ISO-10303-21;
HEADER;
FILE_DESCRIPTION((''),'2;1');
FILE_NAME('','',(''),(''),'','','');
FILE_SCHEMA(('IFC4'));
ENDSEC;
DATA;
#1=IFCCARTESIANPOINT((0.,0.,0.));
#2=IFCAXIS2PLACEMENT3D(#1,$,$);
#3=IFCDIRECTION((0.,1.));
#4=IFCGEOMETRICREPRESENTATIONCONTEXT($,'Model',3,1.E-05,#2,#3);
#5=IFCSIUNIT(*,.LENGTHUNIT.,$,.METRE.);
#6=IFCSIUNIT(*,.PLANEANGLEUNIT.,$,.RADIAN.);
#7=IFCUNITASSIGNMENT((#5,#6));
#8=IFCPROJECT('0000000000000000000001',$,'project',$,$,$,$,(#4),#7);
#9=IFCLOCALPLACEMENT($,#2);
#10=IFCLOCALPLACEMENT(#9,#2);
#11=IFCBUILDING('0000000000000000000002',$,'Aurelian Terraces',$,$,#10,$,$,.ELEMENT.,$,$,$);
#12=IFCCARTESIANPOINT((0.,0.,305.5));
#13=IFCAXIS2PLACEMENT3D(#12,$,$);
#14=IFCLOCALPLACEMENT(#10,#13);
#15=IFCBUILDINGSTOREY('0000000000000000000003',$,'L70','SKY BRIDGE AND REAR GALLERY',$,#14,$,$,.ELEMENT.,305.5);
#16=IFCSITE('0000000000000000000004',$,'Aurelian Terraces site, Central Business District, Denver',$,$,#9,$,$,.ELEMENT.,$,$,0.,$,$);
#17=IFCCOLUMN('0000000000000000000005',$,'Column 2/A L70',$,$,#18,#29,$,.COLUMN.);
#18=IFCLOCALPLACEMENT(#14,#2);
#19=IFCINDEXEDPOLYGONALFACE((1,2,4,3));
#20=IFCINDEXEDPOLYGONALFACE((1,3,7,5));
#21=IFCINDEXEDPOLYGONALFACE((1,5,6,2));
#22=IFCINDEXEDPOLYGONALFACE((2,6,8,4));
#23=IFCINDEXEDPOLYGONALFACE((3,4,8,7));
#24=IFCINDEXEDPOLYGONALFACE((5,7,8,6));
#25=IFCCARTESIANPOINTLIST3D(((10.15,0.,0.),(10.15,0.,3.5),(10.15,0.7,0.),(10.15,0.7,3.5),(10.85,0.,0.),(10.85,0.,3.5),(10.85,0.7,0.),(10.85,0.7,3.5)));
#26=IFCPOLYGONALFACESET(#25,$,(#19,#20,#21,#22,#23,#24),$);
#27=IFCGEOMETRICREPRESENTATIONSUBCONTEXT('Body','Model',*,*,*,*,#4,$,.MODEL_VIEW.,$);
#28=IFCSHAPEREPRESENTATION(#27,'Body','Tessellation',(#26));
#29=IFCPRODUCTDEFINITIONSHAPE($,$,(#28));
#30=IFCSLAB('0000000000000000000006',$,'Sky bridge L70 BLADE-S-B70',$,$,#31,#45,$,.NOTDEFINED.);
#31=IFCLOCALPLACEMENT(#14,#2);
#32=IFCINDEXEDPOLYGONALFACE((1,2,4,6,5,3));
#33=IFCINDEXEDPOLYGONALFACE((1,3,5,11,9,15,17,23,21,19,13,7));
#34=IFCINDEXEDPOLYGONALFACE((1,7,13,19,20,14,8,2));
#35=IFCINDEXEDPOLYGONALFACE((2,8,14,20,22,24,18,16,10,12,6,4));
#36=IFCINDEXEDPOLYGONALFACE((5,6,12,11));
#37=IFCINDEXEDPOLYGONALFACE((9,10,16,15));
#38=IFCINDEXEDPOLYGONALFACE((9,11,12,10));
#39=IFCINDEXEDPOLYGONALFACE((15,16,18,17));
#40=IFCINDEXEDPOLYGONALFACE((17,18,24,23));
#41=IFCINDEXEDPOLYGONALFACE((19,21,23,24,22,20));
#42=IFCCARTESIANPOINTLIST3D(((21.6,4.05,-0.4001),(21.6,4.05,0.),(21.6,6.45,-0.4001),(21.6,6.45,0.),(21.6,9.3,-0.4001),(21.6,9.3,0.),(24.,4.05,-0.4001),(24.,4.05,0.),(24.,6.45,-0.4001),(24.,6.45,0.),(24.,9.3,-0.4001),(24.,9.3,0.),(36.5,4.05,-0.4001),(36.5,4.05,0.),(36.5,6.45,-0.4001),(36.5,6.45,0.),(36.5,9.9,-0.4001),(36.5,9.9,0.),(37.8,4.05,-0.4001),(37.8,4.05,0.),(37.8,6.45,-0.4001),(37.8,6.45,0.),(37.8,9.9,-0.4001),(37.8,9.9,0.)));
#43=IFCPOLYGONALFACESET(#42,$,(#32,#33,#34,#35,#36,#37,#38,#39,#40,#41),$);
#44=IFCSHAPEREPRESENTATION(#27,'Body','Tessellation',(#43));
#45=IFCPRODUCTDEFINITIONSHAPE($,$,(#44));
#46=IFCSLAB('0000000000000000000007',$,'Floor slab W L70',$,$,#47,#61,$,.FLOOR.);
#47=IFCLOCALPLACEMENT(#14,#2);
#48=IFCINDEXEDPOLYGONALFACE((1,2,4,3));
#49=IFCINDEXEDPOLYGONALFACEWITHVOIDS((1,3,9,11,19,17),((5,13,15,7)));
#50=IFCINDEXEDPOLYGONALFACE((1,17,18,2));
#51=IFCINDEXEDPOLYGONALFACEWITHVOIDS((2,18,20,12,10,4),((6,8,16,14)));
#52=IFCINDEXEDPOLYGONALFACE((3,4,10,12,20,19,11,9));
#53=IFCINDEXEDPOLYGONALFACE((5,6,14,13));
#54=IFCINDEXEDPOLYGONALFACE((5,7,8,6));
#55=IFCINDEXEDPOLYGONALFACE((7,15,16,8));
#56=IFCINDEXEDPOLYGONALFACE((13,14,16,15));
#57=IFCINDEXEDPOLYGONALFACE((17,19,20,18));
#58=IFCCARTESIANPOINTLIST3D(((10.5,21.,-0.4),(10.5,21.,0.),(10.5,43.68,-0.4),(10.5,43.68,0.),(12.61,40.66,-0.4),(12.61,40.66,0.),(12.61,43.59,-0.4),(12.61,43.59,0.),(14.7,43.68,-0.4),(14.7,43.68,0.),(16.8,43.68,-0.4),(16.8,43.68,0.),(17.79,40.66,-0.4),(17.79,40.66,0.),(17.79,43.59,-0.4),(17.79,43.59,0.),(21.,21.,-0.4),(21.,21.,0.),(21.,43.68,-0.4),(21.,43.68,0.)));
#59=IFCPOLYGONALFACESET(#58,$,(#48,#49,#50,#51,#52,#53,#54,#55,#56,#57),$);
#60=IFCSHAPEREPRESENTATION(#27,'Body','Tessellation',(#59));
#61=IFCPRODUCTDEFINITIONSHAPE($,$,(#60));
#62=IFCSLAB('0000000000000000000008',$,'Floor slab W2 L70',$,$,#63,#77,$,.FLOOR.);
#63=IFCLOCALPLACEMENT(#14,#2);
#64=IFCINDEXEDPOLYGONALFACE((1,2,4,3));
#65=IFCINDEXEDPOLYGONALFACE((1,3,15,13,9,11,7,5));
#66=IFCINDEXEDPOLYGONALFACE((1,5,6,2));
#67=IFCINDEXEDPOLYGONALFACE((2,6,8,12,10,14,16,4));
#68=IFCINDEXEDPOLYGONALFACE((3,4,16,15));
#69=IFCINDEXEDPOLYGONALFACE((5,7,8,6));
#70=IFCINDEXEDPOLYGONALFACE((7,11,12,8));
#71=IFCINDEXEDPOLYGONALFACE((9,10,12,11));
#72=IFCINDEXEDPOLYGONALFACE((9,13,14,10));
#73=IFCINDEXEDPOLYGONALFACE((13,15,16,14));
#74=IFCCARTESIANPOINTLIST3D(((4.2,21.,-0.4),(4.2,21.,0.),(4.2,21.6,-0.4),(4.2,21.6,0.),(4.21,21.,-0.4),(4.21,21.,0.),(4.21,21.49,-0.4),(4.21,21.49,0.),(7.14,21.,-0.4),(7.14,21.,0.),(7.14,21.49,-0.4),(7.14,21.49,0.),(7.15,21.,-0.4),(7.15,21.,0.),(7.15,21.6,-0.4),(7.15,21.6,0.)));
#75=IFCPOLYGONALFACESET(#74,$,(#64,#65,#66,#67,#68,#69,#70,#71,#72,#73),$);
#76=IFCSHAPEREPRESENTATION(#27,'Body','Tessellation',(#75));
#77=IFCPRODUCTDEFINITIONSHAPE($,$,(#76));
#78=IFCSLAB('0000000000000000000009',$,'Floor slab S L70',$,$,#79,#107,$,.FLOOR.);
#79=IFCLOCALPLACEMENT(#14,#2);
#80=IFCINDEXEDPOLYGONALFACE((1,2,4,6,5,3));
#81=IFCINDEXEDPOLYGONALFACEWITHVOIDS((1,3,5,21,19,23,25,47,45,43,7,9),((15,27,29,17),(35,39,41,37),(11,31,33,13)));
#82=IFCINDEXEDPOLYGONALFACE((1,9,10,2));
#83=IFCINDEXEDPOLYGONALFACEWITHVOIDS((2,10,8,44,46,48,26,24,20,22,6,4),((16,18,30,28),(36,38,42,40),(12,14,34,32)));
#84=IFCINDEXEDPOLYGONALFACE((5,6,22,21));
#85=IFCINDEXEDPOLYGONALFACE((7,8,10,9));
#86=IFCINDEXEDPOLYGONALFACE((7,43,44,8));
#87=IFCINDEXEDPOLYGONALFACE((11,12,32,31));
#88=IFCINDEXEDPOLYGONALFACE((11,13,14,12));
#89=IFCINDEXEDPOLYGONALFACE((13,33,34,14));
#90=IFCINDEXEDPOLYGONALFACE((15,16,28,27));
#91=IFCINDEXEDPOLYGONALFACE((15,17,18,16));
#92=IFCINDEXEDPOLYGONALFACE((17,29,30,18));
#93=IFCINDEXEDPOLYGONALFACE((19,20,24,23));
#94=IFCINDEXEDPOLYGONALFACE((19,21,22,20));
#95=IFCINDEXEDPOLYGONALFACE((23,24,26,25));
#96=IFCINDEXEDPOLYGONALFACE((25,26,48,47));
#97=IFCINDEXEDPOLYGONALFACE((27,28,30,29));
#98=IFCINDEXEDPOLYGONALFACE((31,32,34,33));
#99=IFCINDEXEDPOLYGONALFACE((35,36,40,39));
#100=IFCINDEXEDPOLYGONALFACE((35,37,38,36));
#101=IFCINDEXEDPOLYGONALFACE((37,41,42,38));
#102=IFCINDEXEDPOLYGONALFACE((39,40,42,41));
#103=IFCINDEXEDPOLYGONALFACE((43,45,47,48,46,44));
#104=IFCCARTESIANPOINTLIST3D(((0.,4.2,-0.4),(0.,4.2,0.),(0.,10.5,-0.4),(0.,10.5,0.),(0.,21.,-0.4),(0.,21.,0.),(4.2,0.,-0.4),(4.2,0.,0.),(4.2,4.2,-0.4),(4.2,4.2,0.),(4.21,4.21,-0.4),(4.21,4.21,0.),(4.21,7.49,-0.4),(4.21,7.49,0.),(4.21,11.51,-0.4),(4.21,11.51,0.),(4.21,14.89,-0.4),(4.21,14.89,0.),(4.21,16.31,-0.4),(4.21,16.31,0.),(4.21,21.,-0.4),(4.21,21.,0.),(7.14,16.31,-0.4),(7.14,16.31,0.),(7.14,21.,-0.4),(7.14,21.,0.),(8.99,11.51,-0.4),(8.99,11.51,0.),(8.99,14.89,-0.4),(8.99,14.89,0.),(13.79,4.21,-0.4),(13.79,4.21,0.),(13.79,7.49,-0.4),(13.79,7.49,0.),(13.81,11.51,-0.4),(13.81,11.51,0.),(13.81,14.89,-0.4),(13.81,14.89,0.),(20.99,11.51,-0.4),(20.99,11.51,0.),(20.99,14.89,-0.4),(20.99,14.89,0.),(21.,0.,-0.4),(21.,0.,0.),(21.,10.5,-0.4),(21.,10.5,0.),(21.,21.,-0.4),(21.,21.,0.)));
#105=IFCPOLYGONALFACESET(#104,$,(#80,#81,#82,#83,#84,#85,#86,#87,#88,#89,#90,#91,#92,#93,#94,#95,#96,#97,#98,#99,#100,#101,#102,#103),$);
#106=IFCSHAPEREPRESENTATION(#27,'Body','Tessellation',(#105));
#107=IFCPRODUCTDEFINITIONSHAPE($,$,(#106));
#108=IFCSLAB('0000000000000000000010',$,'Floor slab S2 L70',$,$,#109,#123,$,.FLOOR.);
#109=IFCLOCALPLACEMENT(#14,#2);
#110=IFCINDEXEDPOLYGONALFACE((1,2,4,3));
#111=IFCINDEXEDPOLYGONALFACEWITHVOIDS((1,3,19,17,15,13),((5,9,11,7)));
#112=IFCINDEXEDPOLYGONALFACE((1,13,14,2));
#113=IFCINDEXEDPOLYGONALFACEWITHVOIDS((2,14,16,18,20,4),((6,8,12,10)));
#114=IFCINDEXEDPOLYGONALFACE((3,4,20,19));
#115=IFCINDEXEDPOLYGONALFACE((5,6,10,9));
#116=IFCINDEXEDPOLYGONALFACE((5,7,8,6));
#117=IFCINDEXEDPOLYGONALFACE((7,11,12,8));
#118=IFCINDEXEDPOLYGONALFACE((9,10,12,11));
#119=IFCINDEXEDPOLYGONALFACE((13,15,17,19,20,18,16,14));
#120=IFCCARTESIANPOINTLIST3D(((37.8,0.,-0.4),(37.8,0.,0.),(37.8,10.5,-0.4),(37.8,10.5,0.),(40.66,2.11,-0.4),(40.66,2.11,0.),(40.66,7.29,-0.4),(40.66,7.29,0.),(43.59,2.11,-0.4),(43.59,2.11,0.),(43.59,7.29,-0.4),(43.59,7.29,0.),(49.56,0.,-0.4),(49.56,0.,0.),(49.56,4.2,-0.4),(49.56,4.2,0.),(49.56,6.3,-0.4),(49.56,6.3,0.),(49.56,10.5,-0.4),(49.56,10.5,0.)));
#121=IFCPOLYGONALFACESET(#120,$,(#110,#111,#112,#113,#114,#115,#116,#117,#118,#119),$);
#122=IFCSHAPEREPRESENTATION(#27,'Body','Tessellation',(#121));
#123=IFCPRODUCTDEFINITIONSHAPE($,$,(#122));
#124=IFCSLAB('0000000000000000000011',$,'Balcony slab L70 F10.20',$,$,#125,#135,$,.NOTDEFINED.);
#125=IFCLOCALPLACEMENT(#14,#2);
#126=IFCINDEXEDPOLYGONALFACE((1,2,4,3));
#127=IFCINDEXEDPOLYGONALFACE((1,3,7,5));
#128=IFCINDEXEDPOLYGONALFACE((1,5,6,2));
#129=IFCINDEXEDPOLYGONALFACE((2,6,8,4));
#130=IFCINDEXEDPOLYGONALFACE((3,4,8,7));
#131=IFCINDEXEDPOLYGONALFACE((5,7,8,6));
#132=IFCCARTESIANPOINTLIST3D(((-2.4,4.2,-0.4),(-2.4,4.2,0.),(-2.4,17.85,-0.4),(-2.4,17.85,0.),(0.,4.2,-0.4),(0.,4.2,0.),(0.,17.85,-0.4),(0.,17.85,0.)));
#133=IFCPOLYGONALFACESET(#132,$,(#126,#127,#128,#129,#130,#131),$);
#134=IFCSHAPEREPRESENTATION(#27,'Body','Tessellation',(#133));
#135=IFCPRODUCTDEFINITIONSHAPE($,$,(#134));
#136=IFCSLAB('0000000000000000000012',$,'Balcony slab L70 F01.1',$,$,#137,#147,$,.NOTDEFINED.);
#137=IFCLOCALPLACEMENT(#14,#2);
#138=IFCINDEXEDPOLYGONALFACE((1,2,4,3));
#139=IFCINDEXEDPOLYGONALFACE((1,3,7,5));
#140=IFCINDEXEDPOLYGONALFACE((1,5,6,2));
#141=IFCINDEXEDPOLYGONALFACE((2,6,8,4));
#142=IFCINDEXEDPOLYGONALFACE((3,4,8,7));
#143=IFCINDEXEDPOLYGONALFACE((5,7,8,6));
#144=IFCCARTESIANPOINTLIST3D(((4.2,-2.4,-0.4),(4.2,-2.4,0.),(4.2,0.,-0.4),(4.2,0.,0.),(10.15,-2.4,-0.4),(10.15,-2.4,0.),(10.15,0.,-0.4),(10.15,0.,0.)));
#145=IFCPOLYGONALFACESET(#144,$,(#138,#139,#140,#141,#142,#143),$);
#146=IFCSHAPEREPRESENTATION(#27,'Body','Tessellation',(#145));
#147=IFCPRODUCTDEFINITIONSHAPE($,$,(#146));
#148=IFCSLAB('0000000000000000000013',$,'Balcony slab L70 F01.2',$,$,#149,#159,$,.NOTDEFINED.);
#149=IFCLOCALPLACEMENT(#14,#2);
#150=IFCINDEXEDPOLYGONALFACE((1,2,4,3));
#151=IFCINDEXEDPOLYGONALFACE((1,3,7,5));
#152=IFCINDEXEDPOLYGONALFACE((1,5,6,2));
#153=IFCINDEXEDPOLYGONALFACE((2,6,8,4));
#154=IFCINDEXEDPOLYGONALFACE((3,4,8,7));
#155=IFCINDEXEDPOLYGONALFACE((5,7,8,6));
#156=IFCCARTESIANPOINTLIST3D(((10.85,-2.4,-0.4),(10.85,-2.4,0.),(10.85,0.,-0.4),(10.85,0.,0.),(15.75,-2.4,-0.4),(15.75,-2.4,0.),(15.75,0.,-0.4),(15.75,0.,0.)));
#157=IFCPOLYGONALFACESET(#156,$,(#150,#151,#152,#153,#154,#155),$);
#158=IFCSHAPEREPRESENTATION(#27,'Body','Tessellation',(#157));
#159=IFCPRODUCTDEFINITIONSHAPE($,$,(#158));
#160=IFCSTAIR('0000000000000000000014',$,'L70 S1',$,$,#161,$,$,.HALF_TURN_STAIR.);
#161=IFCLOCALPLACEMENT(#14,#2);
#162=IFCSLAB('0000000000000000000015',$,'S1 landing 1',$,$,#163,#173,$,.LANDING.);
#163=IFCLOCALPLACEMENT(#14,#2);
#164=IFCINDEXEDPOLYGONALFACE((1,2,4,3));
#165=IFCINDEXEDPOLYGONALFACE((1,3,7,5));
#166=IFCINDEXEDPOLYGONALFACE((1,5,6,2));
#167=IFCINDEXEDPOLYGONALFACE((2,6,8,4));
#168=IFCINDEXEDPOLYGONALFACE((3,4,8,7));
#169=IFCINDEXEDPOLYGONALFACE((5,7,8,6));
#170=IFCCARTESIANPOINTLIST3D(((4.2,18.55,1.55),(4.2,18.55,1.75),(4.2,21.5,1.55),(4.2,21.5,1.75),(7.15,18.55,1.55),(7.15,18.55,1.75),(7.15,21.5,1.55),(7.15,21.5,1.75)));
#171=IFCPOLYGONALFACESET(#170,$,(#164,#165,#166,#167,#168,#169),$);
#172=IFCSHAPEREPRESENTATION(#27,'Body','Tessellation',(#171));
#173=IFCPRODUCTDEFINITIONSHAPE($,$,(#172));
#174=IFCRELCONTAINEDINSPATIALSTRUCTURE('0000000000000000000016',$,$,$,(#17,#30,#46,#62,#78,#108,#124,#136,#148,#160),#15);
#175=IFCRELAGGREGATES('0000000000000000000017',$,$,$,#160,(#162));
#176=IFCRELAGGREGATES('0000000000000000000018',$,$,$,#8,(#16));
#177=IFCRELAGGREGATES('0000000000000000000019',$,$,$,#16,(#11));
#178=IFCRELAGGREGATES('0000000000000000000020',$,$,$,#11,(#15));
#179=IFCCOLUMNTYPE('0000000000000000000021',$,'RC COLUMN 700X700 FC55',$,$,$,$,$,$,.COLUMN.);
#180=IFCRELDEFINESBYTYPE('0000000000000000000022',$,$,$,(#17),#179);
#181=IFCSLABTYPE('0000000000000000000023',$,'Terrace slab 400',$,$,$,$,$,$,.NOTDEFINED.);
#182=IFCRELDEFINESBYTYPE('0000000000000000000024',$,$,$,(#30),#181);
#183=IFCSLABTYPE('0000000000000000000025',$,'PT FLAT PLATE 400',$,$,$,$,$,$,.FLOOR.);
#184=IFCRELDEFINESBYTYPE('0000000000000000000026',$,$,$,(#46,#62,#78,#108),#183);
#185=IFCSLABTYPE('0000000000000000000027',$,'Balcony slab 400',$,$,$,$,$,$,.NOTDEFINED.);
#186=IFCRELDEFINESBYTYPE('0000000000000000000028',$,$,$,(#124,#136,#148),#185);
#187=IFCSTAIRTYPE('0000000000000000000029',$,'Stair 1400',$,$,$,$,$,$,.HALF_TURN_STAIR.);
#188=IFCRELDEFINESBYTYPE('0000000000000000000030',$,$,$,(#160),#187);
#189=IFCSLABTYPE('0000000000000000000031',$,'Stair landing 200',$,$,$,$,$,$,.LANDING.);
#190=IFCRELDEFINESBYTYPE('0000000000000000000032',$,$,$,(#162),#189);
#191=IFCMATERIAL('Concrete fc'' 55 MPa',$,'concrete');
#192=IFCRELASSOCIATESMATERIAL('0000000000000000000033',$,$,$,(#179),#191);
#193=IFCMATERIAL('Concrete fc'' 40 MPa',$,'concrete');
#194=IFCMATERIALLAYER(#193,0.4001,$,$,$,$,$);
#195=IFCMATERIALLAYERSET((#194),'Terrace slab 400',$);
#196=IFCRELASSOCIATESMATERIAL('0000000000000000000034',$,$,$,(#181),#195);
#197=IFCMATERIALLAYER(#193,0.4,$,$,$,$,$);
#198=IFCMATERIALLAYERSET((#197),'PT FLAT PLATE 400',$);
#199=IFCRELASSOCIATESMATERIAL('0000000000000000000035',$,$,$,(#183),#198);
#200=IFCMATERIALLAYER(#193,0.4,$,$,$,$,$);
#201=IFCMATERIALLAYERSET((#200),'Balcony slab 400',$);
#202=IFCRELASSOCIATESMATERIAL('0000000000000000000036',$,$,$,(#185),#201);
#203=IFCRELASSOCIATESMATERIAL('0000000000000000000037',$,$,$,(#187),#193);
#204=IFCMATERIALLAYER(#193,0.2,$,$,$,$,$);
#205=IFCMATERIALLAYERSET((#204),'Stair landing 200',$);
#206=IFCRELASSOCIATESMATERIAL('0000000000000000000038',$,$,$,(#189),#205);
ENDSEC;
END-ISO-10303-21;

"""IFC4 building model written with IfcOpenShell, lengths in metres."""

from ifc_helpers import new_model, si_unit, direction, frame, origin, origin_2d, place, context, subcontext, project, spatial, polyline, rectangle, outline, extrude, source, transform, mapped, material, layer, layer_set, material_profile, profile_set, type_object, element, aggregate, save


model = new_model("IFC4")

# Units and contexts
model_context = context("Model", 3, precision=1e-05, world=origin(), true_north=direction((0.0, 1.0)))
body_context = subcontext(model_context, "Body", "Model", "MODEL_VIEW")
ifc_project = project(units=[si_unit("LENGTHUNIT", "METRE"), si_unit("PLANEANGLEUNIT", "RADIAN")], contexts=[model_context])

# Site, building, storey
site_placement = place(None, origin())
site = spatial("IfcSite", under=ifc_project, at=site_placement, Name="Aurelian Terraces site, Central Business District, Denver", CompositionType="ELEMENT", RefElevation=0.0)
building_placement = place(site_placement, origin())
building = spatial("IfcBuilding", under=site, at=building_placement, Name="Aurelian Terraces", CompositionType="ELEMENT")
storey_placement = place(building_placement, frame((0.0, 0.0, 305.5)))
storey = spatial("IfcBuildingStorey", under=building, at=storey_placement, Name="L70", Description="SKY BRIDGE AND REAR GALLERY", CompositionType="ELEMENT", Elevation=305.5)

# Column
ifc_material_1 = material(Name="Concrete fc' 55 MPa", Category="concrete")
ifc_material_profile = material_profile(ifc_material_1, rectangle(XDim=0.7, YDim=0.7, at=origin_2d()))
ifc_profile_set = profile_set([ifc_material_profile], Name="Concrete fc' 55 MPa")
column_type = type_object("IfcColumnType", Name="RC COLUMN 700X700 FC55", PredefinedType="COLUMN", material=ifc_profile_set)
shared_shape_1 = source(origin(), body_context, "Body", "SweptSolid", [
    extrude(rectangle(XDim=0.7, YDim=0.7, at=origin_2d()), origin(), (0.0, 0.0, 1.0), 3.5),
])
column_placement = place(storey_placement, frame((10.5, 0.35, 0.0), z_axis=(0.0, 0.0, 1.0), x_axis=(1.0, 0.0, 0.0)))
element("IfcColumn", 1, at=column_placement, inside=storey, type_object=column_type, Name="Column 2/A L70", PredefinedType="COLUMN", context=body_context, shape_type="MappedRepresentation", body=[
    mapped(shared_shape_1, transform((0.0, 0.0, 0.0), scale=1.0)),
])

# Slabs
ifc_material_2 = material(Name="Concrete fc' 40 MPa", Category="concrete")
ifc_layer_1 = layer(ifc_material_2, 0.4001)
ifc_layer_set_1 = layer_set([ifc_layer_1], Name="Terrace slab 400")
slab_type_1 = type_object("IfcSlabType", Name="Terrace slab 400", PredefinedType="NOTDEFINED", material=ifc_layer_set_1)
slab_1_placement = place(storey_placement, frame((0.0, 0.0, -0.4001)))
element("IfcSlab", 2, at=slab_1_placement, inside=storey, type_object=slab_type_1, Name="Sky bridge L70 BLADE-S-B70", PredefinedType="NOTDEFINED", context=body_context, shape_type="SweptSolid", body=[
    extrude(outline(polyline([(37.8, 4.05), (36.5, 4.05), (24.0, 4.05), (21.6, 4.05), (21.6, 6.45), (21.6, 9.3), (24.0, 9.3), (24.0, 6.45), (36.5, 6.45), (36.5, 9.9), (37.8, 9.9), (37.8, 6.45), (37.8, 4.05)])), origin(), (0.0, 0.0, 1.0), 0.4001),
])
ifc_layer_2 = layer(ifc_material_2, 0.4)
ifc_layer_set_2 = layer_set([ifc_layer_2], Name="PT FLAT PLATE 400")
slab_type_2 = type_object("IfcSlabType", Name="PT FLAT PLATE 400", PredefinedType="FLOOR", material=ifc_layer_set_2)
shared_shape_2 = source(origin(), body_context, "Body", "SweptSolid", [
    extrude(outline(polyline([(10.5, 43.68), (14.7, 43.68), (16.8, 43.68), (21.0, 43.68), (21.0, 21.0), (10.5, 21.0), (10.5, 43.68)]), holes=[polyline([(17.79, 43.59), (12.61, 43.59), (12.61, 40.66), (17.79, 40.66), (17.79, 43.59)])]), origin(), (0.0, 0.0, 1.0), 0.4),
])
slab_2_placement = place(storey_placement, frame((0.0, 0.0, -0.4)))
element("IfcSlab", 3, at=slab_2_placement, inside=storey, type_object=slab_type_2, Name="Floor slab W L70", PredefinedType="FLOOR", context=body_context, shape_type="MappedRepresentation", body=[
    mapped(shared_shape_2, transform((0.0, 0.0, 0.0), scale=1.0)),
])
shared_shape_3 = source(origin(), body_context, "Body", "SweptSolid", [
    extrude(outline(polyline([(4.2, 21.0), (4.2, 21.6), (7.15, 21.6), (7.15, 21.0), (7.14, 21.0), (7.14, 21.49), (4.21, 21.49), (4.21, 21.0), (4.2, 21.0)])), origin(), (0.0, 0.0, 1.0), 0.4),
])
slab_3_placement = place(storey_placement, frame((0.0, 0.0, -0.4)))
element("IfcSlab", 4, at=slab_3_placement, inside=storey, type_object=slab_type_2, Name="Floor slab W2 L70", PredefinedType="FLOOR", context=body_context, shape_type="MappedRepresentation", body=[
    mapped(shared_shape_3, transform((0.0, 0.0, 0.0), scale=1.0)),
])
shared_shape_4 = source(origin(), body_context, "Body", "SweptSolid", [
    extrude(outline(polyline([(4.2, 4.2), (0.0, 4.2), (0.0, 10.5), (0.0, 21.0), (4.21, 21.0), (4.21, 16.31), (7.14, 16.31), (7.14, 21.0), (21.0, 21.0), (21.0, 10.5), (21.0, 0.0), (4.2, 0.0), (4.2, 4.2)]), holes=[polyline([(13.81, 14.89), (13.81, 11.51), (20.99, 11.51), (20.99, 14.89), (13.81, 14.89)]), polyline([(4.21, 7.49), (4.21, 4.21), (13.79, 4.21), (13.79, 7.49), (4.21, 7.49)]), polyline([(8.99, 11.51), (8.99, 14.89), (4.21, 14.89), (4.21, 11.51), (8.99, 11.51)])]), origin(), (0.0, 0.0, 1.0), 0.4),
])
slab_4_placement = place(storey_placement, frame((0.0, 0.0, -0.4)))
element("IfcSlab", 5, at=slab_4_placement, inside=storey, type_object=slab_type_2, Name="Floor slab S L70", PredefinedType="FLOOR", context=body_context, shape_type="MappedRepresentation", body=[
    mapped(shared_shape_4, transform((0.0, 0.0, 0.0), scale=1.0)),
])
shared_shape_5 = source(origin(), body_context, "Body", "SweptSolid", [
    extrude(outline(polyline([(37.8, 10.5), (49.56, 10.5), (49.56, 6.3), (49.56, 4.2), (49.56, 0.0), (37.8, 0.0), (37.8, 10.5)]), holes=[polyline([(40.66, 2.11), (43.59, 2.11), (43.59, 7.29), (40.66, 7.29), (40.66, 2.11)])]), origin(), (0.0, 0.0, 1.0), 0.4),
])
slab_5_placement = place(storey_placement, frame((0.0, 0.0, -0.4)))
element("IfcSlab", 6, at=slab_5_placement, inside=storey, type_object=slab_type_2, Name="Floor slab S2 L70", PredefinedType="FLOOR", context=body_context, shape_type="MappedRepresentation", body=[
    mapped(shared_shape_5, transform((0.0, 0.0, 0.0), scale=1.0)),
])
ifc_layer_3 = layer(ifc_material_2, 0.4)
ifc_layer_set_3 = layer_set([ifc_layer_3], Name="Balcony slab 400")
slab_type_3 = type_object("IfcSlabType", Name="Balcony slab 400", PredefinedType="NOTDEFINED", material=ifc_layer_set_3)
shared_shape_6 = source(origin(), body_context, "Body", "SweptSolid", [
    extrude(outline(polyline([(0.0, 17.85), (0.0, 4.2), (-2.4, 4.2), (-2.4, 17.85), (0.0, 17.85)])), origin(), (0.0, 0.0, 1.0), 0.4),
])
slab_6_placement = place(storey_placement, frame((0.0, 0.0, -0.4)))
element("IfcSlab", 7, at=slab_6_placement, inside=storey, type_object=slab_type_3, Name="Balcony slab L70 F10.20", PredefinedType="NOTDEFINED", context=body_context, shape_type="MappedRepresentation", body=[
    mapped(shared_shape_6, transform((0.0, 0.0, 0.0), scale=1.0)),
])
shared_shape_7 = source(origin(), body_context, "Body", "SweptSolid", [
    extrude(outline(polyline([(4.2, 0.0), (10.15, 0.0), (10.15, -2.4), (4.2, -2.4), (4.2, 0.0)])), origin(), (0.0, 0.0, 1.0), 0.4),
])
slab_7_placement = place(storey_placement, frame((0.0, 0.0, -0.4)))
element("IfcSlab", 8, at=slab_7_placement, inside=storey, type_object=slab_type_3, Name="Balcony slab L70 F01.1", PredefinedType="NOTDEFINED", context=body_context, shape_type="MappedRepresentation", body=[
    mapped(shared_shape_7, transform((0.0, 0.0, 0.0), scale=1.0)),
])
shared_shape_8 = source(origin(), body_context, "Body", "SweptSolid", [
    extrude(outline(polyline([(10.85, 0.0), (15.75, 0.0), (15.75, -2.4), (10.85, -2.4), (10.85, 0.0)])), origin(), (0.0, 0.0, 1.0), 0.4),
])
slab_8_placement = place(storey_placement, frame((0.0, 0.0, -0.4)))
element("IfcSlab", 9, at=slab_8_placement, inside=storey, type_object=slab_type_3, Name="Balcony slab L70 F01.2", PredefinedType="NOTDEFINED", context=body_context, shape_type="MappedRepresentation", body=[
    mapped(shared_shape_8, transform((0.0, 0.0, 0.0), scale=1.0)),
])

# Stair, slab
stair_type = type_object("IfcStairType", Name="Stair 1400", PredefinedType="HALF_TURN_STAIR", material=ifc_material_2)
stair_1_placement = place(storey_placement, origin())
stair_1 = element("IfcStair", 10, at=stair_1_placement, inside=storey, type_object=stair_type, Name="L70 S1", PredefinedType="HALF_TURN_STAIR")
ifc_layer_4 = layer(ifc_material_2, 0.2)
ifc_layer_set_4 = layer_set([ifc_layer_4], Name="Stair landing 200")
slab_type_4 = type_object("IfcSlabType", Name="Stair landing 200", PredefinedType="LANDING", material=ifc_layer_set_4)
shared_shape_9 = source(origin(), body_context, "Body", "SweptSolid", [
    extrude(outline(polyline([(7.15, 18.55), (7.15, 21.5), (4.2, 21.5), (4.2, 18.55), (7.15, 18.55)])), origin(), (0.0, 0.0, 1.0), 0.2),
])
slab_9_placement = place(storey_placement, frame((0.0, 0.0, 1.55)))
slab_9 = element("IfcSlab", 11, at=slab_9_placement, type_object=slab_type_4, Name="S1 landing 1", PredefinedType="LANDING", context=body_context, shape_type="MappedRepresentation", body=[
    mapped(shared_shape_9, transform((0.0, 0.0, 0.0), scale=1.0)),
])
aggregate(stair_1, [slab_9])

save(model, "model.ifc")
